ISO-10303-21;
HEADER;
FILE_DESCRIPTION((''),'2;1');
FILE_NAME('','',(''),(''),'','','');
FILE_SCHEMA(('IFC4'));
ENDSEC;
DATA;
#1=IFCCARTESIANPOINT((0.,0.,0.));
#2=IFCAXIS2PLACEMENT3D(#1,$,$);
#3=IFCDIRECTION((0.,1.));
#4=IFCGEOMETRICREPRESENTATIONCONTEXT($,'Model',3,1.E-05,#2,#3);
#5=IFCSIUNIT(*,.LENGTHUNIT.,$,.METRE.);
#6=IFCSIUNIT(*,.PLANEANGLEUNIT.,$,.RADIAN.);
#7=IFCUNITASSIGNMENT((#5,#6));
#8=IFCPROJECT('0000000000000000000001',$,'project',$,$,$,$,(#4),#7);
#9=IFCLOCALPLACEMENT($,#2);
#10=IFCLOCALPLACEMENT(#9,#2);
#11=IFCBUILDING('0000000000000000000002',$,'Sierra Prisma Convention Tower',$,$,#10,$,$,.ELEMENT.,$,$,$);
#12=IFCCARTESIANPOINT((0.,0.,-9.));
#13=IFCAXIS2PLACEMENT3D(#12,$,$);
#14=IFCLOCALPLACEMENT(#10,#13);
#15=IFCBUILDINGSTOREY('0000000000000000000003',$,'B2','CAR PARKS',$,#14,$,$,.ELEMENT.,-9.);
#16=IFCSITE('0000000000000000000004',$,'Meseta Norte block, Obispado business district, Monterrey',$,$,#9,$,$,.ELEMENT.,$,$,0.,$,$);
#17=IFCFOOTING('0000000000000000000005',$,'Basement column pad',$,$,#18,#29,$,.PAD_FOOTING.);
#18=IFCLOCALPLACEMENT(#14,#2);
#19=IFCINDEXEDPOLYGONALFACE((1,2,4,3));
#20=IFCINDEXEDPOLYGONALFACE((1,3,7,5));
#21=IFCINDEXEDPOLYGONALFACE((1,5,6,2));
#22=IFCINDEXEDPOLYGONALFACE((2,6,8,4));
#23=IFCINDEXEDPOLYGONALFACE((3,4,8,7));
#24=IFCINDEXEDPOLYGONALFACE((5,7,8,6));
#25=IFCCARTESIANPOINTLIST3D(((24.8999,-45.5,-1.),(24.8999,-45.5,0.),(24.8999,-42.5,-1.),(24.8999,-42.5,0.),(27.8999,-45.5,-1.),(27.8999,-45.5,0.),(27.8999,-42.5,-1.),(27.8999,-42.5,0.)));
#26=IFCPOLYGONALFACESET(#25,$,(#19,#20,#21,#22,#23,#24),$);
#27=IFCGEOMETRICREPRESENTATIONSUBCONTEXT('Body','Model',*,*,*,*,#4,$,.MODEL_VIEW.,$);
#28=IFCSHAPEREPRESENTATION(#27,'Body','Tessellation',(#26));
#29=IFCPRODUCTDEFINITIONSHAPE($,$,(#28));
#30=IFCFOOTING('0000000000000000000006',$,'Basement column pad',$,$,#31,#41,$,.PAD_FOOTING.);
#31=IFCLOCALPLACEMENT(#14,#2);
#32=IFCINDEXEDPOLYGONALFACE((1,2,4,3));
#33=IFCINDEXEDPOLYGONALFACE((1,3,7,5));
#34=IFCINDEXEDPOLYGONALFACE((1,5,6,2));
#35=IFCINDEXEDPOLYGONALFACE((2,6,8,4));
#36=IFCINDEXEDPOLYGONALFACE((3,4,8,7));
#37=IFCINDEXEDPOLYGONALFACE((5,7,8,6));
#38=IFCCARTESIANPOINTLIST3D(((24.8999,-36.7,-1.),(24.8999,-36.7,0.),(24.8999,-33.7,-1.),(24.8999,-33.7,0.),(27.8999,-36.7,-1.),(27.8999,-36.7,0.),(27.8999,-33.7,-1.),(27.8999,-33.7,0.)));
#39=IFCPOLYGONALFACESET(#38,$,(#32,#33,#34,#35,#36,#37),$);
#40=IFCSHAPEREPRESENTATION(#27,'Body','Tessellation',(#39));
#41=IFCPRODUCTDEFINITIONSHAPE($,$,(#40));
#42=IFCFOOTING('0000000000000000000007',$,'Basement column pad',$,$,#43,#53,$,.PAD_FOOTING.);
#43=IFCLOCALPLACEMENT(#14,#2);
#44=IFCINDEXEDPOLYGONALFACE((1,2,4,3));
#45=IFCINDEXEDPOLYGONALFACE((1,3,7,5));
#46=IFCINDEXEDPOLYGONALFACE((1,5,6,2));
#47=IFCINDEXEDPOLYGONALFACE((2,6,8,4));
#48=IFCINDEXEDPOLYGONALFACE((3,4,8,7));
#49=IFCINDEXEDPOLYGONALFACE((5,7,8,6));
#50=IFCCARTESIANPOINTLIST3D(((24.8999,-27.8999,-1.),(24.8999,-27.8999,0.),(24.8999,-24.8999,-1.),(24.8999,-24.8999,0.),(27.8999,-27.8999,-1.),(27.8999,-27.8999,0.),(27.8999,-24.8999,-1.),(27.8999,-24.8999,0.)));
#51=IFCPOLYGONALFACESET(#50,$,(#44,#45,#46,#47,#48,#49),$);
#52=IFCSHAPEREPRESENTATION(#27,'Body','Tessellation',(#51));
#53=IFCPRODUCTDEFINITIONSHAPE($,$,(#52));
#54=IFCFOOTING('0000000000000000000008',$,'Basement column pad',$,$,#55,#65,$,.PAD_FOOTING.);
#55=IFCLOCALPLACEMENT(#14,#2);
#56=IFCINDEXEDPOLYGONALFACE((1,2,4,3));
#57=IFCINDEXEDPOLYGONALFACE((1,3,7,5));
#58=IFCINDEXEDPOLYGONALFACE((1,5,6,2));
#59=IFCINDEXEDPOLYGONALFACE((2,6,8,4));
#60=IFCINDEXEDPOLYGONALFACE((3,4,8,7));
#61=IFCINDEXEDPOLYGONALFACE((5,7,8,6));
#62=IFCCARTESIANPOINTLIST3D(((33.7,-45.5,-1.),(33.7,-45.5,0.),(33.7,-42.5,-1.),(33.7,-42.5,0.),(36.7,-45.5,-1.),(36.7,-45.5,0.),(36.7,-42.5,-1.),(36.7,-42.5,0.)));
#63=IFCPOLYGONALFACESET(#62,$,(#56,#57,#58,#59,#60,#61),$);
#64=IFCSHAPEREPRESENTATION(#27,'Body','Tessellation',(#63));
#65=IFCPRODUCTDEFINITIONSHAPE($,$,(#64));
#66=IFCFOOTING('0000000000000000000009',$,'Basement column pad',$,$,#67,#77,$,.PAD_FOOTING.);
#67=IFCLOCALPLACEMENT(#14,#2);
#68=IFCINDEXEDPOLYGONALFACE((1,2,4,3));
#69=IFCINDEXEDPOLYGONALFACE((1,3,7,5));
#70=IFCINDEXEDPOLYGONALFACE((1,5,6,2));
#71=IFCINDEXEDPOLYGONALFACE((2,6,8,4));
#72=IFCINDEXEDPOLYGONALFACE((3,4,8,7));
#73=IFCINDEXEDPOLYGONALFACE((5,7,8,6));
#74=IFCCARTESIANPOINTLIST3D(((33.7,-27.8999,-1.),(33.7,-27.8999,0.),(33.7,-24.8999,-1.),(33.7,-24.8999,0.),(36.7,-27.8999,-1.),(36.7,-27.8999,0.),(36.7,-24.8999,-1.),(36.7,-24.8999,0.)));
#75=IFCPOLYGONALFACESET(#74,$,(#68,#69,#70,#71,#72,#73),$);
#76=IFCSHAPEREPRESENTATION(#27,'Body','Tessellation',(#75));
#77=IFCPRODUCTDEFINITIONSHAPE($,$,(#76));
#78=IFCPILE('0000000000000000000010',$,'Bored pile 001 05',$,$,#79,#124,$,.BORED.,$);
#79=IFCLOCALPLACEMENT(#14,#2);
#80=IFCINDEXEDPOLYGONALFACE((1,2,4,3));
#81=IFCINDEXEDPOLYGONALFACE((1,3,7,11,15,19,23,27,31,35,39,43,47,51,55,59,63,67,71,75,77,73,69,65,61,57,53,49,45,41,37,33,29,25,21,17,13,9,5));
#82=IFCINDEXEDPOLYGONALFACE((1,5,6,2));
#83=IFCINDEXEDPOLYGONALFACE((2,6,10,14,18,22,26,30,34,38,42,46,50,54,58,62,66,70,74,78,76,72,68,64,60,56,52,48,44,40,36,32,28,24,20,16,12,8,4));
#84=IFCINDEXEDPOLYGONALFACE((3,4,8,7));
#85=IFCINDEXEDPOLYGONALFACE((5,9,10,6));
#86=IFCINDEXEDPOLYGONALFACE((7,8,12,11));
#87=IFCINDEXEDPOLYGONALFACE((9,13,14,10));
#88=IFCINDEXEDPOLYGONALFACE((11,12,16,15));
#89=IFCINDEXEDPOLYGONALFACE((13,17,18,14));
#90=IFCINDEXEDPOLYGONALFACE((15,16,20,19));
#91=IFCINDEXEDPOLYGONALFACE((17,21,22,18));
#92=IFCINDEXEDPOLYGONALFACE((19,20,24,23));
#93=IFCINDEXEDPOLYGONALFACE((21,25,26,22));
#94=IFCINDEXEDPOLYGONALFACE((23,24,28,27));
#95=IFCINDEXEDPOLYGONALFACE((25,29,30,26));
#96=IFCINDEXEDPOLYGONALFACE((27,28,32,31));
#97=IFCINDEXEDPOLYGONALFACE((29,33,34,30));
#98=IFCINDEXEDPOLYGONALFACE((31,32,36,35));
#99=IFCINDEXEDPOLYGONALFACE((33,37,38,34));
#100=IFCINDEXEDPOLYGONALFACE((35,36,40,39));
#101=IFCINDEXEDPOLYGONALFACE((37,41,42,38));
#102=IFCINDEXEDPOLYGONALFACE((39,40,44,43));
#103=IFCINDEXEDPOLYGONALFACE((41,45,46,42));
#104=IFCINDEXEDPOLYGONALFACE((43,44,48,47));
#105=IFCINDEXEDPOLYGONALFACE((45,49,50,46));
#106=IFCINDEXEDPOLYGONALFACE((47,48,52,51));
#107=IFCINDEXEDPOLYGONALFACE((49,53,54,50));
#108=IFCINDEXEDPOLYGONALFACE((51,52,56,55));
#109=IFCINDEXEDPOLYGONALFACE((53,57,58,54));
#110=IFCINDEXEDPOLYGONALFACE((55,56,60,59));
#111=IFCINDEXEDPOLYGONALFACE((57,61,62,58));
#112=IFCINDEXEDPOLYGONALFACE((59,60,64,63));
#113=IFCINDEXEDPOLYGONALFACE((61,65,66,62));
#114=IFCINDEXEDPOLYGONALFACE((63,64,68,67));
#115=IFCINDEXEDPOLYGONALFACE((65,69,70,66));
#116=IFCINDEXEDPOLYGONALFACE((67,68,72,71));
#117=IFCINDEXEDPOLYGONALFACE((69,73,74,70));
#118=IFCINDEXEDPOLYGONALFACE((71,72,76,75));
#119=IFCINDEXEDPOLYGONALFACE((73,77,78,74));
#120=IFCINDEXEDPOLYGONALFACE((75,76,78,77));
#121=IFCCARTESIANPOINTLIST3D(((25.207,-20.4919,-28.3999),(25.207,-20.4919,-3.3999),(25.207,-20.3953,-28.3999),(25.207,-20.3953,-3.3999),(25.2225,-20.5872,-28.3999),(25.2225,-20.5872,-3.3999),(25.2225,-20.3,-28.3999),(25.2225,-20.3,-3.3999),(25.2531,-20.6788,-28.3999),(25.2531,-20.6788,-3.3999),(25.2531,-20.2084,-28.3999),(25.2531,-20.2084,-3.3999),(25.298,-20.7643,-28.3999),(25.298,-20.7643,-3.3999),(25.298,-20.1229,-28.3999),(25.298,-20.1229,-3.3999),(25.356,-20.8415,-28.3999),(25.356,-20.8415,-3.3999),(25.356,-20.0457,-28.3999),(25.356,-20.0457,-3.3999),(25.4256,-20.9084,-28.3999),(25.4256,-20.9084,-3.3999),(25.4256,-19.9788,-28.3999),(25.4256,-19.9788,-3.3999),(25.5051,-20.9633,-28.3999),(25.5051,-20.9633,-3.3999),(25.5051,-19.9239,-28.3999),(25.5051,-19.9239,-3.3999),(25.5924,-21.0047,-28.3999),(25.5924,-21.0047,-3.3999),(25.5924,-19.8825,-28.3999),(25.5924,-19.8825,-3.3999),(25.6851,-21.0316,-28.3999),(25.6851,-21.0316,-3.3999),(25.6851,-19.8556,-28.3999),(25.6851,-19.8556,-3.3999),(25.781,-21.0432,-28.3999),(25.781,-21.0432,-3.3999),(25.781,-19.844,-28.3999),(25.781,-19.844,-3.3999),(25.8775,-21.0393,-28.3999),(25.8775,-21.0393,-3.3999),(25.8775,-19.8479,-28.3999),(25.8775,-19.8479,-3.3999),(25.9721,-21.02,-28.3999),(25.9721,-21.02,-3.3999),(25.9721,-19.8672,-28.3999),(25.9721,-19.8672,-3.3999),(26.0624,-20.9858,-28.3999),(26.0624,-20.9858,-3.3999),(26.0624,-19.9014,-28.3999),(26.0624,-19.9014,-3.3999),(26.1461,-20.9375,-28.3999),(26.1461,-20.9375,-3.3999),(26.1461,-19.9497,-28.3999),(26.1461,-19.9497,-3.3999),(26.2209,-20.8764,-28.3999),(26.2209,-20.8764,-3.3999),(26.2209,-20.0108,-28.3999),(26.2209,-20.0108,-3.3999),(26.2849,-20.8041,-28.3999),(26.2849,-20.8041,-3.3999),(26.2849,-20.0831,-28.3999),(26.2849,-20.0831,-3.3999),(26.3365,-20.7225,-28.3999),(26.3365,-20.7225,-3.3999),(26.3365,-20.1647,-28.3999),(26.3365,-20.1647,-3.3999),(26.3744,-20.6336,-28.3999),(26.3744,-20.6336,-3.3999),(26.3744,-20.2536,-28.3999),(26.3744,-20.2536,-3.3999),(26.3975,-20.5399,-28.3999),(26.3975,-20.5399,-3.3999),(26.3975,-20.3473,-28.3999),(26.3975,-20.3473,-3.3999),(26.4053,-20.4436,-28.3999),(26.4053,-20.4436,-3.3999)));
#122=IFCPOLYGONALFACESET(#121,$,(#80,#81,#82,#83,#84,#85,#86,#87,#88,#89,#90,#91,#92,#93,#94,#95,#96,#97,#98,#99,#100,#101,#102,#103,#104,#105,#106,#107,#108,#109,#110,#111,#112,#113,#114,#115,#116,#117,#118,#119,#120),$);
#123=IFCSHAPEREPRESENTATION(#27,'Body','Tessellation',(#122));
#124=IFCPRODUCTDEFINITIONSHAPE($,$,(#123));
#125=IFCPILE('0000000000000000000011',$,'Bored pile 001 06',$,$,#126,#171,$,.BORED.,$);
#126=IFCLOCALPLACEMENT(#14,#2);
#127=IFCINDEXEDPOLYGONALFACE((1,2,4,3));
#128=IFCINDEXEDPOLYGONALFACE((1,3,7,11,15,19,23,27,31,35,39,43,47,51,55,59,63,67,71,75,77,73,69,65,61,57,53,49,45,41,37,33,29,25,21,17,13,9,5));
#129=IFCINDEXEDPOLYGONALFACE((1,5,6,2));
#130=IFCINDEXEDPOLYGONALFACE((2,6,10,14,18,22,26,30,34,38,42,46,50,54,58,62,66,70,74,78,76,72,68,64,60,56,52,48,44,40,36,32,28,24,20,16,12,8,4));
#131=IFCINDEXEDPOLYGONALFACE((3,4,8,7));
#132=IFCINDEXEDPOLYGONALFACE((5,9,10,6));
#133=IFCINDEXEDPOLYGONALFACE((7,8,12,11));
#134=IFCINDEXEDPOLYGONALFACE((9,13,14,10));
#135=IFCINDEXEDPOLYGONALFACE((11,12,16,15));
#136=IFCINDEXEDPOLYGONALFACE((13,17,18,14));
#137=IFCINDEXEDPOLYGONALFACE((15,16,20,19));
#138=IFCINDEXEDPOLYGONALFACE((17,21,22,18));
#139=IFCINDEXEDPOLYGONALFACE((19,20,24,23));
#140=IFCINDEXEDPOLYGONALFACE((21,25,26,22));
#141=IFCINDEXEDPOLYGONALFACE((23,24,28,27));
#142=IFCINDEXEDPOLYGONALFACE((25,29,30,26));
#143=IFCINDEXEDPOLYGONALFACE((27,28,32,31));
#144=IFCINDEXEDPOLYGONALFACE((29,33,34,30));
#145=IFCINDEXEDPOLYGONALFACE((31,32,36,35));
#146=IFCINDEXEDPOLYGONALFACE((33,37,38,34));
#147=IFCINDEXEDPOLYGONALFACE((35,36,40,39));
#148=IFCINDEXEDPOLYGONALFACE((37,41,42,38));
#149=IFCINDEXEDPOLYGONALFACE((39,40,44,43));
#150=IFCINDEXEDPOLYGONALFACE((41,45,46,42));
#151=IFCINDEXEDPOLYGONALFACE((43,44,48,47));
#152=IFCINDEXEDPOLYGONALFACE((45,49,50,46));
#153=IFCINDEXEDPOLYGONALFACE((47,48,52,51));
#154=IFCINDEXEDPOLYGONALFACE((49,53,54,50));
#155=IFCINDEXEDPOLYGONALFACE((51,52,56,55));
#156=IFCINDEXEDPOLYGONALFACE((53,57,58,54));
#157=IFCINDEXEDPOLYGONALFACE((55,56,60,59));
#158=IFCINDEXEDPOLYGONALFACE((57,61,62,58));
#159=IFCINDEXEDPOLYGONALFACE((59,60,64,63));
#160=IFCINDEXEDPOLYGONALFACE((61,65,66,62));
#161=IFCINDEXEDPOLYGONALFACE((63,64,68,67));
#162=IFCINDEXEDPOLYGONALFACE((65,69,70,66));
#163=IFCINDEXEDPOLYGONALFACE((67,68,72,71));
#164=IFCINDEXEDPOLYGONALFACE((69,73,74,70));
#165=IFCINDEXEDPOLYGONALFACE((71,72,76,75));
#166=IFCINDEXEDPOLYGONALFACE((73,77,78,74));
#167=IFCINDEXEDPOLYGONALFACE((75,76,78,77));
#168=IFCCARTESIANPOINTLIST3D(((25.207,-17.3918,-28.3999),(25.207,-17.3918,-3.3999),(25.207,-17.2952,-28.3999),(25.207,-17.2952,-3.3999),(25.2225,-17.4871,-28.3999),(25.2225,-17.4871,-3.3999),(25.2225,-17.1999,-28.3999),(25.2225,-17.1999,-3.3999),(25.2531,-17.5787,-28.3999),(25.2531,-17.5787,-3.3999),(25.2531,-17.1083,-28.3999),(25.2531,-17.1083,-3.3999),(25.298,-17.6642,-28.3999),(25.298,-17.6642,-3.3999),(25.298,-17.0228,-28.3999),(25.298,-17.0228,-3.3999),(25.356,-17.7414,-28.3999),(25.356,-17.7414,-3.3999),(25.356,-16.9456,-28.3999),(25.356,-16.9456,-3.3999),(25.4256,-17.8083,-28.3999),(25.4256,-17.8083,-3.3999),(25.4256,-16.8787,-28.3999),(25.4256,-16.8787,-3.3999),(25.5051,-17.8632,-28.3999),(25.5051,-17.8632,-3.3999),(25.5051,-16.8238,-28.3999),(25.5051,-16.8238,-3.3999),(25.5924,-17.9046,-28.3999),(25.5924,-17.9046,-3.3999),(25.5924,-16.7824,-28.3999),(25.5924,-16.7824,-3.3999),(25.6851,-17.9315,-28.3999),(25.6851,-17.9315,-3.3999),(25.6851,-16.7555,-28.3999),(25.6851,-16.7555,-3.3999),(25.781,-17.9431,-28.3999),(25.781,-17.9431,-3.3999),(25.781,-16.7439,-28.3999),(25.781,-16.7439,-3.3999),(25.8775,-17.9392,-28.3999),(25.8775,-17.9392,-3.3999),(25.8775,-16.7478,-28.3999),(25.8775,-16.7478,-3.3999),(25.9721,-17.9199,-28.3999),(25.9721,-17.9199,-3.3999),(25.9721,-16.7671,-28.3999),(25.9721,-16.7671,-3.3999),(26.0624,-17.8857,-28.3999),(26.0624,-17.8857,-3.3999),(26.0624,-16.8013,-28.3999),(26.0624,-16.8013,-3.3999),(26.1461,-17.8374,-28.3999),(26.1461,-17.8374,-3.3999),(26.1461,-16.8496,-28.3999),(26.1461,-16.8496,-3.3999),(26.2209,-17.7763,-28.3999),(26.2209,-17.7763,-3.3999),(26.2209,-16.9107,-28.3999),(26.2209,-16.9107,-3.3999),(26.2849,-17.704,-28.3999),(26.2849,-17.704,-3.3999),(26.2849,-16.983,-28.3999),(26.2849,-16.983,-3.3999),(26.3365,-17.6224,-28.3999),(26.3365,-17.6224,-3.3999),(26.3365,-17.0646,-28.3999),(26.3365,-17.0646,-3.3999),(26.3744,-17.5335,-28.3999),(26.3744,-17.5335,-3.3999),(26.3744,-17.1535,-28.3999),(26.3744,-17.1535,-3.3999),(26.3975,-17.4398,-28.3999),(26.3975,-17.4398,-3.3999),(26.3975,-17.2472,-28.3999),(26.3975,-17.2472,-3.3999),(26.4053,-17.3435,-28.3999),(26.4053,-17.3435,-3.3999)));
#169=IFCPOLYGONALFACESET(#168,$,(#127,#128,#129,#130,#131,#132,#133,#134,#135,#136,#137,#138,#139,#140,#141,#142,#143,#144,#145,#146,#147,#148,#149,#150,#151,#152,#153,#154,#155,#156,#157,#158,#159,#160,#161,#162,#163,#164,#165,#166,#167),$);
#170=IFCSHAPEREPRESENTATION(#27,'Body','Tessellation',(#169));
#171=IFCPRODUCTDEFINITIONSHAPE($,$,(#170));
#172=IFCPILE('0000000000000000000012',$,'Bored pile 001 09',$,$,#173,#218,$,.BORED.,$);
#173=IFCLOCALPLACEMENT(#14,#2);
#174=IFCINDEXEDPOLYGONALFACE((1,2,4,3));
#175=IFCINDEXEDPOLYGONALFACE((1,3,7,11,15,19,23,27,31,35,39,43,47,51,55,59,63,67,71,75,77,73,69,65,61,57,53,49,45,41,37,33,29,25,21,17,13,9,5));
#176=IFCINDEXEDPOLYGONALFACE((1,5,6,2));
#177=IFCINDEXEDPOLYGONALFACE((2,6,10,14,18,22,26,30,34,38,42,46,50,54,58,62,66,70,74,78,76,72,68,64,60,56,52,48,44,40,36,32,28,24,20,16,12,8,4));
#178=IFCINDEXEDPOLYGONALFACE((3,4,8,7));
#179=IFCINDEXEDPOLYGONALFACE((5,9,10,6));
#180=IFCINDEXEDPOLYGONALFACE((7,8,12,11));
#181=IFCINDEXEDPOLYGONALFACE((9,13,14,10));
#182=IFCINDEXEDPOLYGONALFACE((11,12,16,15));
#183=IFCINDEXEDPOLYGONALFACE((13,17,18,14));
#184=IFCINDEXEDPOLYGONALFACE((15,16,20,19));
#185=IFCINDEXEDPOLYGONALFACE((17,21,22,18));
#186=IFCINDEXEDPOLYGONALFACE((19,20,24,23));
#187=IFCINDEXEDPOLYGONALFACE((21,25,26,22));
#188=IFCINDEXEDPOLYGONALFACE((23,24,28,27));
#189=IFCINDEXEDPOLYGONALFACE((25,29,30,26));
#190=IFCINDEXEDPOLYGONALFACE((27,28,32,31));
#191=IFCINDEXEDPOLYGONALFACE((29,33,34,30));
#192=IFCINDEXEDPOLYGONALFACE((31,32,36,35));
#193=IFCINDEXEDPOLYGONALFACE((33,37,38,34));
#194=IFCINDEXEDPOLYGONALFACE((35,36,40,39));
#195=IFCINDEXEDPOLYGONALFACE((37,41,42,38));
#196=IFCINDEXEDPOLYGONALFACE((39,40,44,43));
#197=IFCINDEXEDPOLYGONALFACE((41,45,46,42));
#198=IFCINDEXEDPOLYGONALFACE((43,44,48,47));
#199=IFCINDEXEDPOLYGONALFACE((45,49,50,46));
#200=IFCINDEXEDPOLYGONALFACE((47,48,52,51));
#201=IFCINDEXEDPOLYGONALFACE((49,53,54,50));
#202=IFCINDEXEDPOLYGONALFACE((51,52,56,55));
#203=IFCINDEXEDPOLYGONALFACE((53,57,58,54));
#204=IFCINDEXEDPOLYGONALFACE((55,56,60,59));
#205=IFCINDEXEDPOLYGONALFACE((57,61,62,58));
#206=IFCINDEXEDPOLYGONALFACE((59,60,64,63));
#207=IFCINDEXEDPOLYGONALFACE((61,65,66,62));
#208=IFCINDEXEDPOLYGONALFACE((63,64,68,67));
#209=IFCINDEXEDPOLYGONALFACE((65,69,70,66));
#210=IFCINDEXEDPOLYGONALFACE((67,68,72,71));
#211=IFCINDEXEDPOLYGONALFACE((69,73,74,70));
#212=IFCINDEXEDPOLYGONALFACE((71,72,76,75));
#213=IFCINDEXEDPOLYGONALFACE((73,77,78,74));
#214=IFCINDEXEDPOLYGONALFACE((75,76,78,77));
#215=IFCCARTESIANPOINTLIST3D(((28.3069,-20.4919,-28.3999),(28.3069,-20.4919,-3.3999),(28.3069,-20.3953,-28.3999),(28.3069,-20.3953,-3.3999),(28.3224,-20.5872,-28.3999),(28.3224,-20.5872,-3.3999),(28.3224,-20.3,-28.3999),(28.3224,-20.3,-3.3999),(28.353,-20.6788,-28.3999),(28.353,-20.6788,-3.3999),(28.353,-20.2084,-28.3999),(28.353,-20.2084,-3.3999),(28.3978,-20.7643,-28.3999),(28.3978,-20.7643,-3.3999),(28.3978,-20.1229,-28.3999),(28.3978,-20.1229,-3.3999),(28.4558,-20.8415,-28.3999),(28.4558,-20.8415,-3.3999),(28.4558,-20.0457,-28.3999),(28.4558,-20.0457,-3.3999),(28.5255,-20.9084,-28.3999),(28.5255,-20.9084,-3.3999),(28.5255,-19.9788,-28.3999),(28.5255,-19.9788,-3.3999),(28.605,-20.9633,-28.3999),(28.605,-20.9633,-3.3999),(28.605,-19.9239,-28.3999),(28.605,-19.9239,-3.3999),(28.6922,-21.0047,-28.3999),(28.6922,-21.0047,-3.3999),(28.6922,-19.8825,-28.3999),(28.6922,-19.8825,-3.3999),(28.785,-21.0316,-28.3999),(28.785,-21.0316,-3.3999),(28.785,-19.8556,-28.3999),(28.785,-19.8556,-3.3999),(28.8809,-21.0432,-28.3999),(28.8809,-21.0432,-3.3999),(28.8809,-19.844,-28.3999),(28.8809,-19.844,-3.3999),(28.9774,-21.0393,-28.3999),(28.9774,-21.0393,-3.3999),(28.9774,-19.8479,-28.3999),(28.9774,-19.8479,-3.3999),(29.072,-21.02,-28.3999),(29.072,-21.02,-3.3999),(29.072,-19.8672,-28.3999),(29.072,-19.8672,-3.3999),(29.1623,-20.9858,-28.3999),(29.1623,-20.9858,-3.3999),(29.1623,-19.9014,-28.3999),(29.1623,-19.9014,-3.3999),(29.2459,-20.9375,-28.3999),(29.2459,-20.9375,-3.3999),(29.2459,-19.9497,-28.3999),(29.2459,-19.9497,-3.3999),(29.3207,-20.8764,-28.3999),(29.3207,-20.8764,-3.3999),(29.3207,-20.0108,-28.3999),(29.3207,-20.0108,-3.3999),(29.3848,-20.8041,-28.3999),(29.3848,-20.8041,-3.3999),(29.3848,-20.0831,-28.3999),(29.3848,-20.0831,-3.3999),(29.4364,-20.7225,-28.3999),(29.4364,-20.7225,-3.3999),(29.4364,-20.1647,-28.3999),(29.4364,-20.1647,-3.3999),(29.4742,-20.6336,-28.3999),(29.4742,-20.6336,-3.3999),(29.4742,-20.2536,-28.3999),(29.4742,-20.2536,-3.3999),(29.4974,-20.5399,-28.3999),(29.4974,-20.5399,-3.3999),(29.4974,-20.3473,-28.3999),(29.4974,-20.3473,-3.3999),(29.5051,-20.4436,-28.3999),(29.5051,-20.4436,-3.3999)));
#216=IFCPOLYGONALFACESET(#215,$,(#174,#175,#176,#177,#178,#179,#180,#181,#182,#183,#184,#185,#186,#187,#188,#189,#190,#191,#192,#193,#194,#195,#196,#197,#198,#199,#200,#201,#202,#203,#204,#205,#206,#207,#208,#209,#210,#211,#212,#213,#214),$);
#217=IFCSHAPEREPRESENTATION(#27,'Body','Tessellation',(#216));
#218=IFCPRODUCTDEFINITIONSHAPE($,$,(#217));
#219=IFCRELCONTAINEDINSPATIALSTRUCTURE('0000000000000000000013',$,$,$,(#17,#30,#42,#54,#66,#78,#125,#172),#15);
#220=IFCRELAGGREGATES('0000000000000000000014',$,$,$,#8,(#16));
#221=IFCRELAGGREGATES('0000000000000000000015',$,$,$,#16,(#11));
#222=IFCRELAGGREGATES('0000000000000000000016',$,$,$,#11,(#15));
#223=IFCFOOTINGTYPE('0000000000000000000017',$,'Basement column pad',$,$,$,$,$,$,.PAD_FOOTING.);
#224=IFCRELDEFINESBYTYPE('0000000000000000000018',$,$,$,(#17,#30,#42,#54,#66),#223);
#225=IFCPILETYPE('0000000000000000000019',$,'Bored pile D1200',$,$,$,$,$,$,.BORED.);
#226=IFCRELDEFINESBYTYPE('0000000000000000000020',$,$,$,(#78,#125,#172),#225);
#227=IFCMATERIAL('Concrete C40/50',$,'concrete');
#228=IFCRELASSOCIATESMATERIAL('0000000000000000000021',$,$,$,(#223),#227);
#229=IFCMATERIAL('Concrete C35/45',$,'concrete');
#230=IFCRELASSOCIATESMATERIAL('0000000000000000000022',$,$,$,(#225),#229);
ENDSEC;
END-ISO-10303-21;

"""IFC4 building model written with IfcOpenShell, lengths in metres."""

from ifc_helpers import new_model, si_unit, direction, frame, origin, origin_2d, place, context, subcontext, project, spatial, rectangle, circle, extrude, material, material_profile, profile_set, type_object, element, save


model = new_model("IFC4")

# Units and contexts
model_context = context("Model", 3, precision=1e-05, world=origin(), true_north=direction((0.0, 1.0)))
body_context = subcontext(model_context, "Body", "Model", "MODEL_VIEW")
ifc_project = project(units=[si_unit("LENGTHUNIT", "METRE"), si_unit("PLANEANGLEUNIT", "RADIAN")], contexts=[model_context])

# Site, building, storey
site_placement = place(None, origin())
site = spatial("IfcSite", under=ifc_project, at=site_placement, Name="Meseta Norte block, Obispado business district, Monterrey", CompositionType="ELEMENT", RefElevation=0.0)
building_placement = place(site_placement, origin())
building = spatial("IfcBuilding", under=site, at=building_placement, Name="Sierra Prisma Convention Tower", CompositionType="ELEMENT")
storey_placement = place(building_placement, frame((0.0, 0.0, -9.0)))
storey = spatial("IfcBuildingStorey", under=building, at=storey_placement, Name="B2", Description="CAR PARKS", CompositionType="ELEMENT", Elevation=-9.0)

# Footings
ifc_material_1 = material(Name="Concrete C40/50", Category="concrete")
footing_type_1 = type_object("IfcFootingType", Name="Basement column pad", PredefinedType="PAD_FOOTING", material=ifc_material_1)
for number, where, z_axis, x_axis, name in (
    (1, (26.3999, -44.0, -1.0), (0.0, 0.0, 1.0), (1.0, 0.0, 0.0), "Basement column pad"),
    (2, (26.3999, -35.2, -1.0), (0.0, 0.0, 1.0), (1.0, 0.0, 0.0), "Basement column pad"),
    (3, (26.3999, -26.3999, -1.0), (0.0, 0.0, 1.0), (1.0, 0.0, 0.0), "Basement column pad"),
    (4, (35.2, -44.0, -1.0), (0.0, 0.0, 1.0), (1.0, 0.0, 0.0), "Basement column pad"),
    (5, (35.2, -26.3999, -1.0), (0.0, 0.0, 1.0), (1.0, 0.0, 0.0), "Basement column pad"),
):
    element("IfcFooting", number, at=place(storey_placement, frame(where, z_axis=z_axis, x_axis=x_axis)), inside=storey, type_object=footing_type_1, Name=name, PredefinedType="PAD_FOOTING", context=body_context, shape_type="SweptSolid", body=[
        extrude(rectangle(XDim=3.0, YDim=3.0, at=origin_2d()), origin(), (0.0, 0.0, 1.0), 1.0),
    ])

# Piles
ifc_material_2 = material(Name="Concrete C35/45", Category="concrete")
ifc_material_profile_1 = material_profile(ifc_material_2, circle(Radius=0.6001, at=origin_2d()), Name="D1200")
ifc_profile_set_1 = profile_set([ifc_material_profile_1], Name="Concrete C35/45")
pile_type = type_object("IfcPileType", Name="Bored pile D1200", PredefinedType="BORED", material=ifc_profile_set_1)
for number, where, z_axis, x_axis, name in (
    (6, (25.8052, -20.4436, -3.3999), (0.0, 0.0, -1.0), (1.0, 0.0, 0.0), "Bored pile 001 05"),
    (7, (25.8052, -17.3435, -3.3999), (0.0, 0.0, -1.0), (1.0, 0.0, 0.0), "Bored pile 001 06"),
    (8, (28.905, -20.4436, -3.3999), (0.0, 0.0, -1.0), (1.0, 0.0, 0.0), "Bored pile 001 09"),
):
    element("IfcPile", number, at=place(storey_placement, frame(where, z_axis=z_axis, x_axis=x_axis)), inside=storey, type_object=pile_type, Name=name, PredefinedType="BORED", context=body_context, shape_type="SweptSolid", body=[
        extrude(circle(Radius=0.6001, at=origin_2d()), origin(), (0.0, 0.0, 1.0), 25.0),
    ])

save(model, "model.ifc")
